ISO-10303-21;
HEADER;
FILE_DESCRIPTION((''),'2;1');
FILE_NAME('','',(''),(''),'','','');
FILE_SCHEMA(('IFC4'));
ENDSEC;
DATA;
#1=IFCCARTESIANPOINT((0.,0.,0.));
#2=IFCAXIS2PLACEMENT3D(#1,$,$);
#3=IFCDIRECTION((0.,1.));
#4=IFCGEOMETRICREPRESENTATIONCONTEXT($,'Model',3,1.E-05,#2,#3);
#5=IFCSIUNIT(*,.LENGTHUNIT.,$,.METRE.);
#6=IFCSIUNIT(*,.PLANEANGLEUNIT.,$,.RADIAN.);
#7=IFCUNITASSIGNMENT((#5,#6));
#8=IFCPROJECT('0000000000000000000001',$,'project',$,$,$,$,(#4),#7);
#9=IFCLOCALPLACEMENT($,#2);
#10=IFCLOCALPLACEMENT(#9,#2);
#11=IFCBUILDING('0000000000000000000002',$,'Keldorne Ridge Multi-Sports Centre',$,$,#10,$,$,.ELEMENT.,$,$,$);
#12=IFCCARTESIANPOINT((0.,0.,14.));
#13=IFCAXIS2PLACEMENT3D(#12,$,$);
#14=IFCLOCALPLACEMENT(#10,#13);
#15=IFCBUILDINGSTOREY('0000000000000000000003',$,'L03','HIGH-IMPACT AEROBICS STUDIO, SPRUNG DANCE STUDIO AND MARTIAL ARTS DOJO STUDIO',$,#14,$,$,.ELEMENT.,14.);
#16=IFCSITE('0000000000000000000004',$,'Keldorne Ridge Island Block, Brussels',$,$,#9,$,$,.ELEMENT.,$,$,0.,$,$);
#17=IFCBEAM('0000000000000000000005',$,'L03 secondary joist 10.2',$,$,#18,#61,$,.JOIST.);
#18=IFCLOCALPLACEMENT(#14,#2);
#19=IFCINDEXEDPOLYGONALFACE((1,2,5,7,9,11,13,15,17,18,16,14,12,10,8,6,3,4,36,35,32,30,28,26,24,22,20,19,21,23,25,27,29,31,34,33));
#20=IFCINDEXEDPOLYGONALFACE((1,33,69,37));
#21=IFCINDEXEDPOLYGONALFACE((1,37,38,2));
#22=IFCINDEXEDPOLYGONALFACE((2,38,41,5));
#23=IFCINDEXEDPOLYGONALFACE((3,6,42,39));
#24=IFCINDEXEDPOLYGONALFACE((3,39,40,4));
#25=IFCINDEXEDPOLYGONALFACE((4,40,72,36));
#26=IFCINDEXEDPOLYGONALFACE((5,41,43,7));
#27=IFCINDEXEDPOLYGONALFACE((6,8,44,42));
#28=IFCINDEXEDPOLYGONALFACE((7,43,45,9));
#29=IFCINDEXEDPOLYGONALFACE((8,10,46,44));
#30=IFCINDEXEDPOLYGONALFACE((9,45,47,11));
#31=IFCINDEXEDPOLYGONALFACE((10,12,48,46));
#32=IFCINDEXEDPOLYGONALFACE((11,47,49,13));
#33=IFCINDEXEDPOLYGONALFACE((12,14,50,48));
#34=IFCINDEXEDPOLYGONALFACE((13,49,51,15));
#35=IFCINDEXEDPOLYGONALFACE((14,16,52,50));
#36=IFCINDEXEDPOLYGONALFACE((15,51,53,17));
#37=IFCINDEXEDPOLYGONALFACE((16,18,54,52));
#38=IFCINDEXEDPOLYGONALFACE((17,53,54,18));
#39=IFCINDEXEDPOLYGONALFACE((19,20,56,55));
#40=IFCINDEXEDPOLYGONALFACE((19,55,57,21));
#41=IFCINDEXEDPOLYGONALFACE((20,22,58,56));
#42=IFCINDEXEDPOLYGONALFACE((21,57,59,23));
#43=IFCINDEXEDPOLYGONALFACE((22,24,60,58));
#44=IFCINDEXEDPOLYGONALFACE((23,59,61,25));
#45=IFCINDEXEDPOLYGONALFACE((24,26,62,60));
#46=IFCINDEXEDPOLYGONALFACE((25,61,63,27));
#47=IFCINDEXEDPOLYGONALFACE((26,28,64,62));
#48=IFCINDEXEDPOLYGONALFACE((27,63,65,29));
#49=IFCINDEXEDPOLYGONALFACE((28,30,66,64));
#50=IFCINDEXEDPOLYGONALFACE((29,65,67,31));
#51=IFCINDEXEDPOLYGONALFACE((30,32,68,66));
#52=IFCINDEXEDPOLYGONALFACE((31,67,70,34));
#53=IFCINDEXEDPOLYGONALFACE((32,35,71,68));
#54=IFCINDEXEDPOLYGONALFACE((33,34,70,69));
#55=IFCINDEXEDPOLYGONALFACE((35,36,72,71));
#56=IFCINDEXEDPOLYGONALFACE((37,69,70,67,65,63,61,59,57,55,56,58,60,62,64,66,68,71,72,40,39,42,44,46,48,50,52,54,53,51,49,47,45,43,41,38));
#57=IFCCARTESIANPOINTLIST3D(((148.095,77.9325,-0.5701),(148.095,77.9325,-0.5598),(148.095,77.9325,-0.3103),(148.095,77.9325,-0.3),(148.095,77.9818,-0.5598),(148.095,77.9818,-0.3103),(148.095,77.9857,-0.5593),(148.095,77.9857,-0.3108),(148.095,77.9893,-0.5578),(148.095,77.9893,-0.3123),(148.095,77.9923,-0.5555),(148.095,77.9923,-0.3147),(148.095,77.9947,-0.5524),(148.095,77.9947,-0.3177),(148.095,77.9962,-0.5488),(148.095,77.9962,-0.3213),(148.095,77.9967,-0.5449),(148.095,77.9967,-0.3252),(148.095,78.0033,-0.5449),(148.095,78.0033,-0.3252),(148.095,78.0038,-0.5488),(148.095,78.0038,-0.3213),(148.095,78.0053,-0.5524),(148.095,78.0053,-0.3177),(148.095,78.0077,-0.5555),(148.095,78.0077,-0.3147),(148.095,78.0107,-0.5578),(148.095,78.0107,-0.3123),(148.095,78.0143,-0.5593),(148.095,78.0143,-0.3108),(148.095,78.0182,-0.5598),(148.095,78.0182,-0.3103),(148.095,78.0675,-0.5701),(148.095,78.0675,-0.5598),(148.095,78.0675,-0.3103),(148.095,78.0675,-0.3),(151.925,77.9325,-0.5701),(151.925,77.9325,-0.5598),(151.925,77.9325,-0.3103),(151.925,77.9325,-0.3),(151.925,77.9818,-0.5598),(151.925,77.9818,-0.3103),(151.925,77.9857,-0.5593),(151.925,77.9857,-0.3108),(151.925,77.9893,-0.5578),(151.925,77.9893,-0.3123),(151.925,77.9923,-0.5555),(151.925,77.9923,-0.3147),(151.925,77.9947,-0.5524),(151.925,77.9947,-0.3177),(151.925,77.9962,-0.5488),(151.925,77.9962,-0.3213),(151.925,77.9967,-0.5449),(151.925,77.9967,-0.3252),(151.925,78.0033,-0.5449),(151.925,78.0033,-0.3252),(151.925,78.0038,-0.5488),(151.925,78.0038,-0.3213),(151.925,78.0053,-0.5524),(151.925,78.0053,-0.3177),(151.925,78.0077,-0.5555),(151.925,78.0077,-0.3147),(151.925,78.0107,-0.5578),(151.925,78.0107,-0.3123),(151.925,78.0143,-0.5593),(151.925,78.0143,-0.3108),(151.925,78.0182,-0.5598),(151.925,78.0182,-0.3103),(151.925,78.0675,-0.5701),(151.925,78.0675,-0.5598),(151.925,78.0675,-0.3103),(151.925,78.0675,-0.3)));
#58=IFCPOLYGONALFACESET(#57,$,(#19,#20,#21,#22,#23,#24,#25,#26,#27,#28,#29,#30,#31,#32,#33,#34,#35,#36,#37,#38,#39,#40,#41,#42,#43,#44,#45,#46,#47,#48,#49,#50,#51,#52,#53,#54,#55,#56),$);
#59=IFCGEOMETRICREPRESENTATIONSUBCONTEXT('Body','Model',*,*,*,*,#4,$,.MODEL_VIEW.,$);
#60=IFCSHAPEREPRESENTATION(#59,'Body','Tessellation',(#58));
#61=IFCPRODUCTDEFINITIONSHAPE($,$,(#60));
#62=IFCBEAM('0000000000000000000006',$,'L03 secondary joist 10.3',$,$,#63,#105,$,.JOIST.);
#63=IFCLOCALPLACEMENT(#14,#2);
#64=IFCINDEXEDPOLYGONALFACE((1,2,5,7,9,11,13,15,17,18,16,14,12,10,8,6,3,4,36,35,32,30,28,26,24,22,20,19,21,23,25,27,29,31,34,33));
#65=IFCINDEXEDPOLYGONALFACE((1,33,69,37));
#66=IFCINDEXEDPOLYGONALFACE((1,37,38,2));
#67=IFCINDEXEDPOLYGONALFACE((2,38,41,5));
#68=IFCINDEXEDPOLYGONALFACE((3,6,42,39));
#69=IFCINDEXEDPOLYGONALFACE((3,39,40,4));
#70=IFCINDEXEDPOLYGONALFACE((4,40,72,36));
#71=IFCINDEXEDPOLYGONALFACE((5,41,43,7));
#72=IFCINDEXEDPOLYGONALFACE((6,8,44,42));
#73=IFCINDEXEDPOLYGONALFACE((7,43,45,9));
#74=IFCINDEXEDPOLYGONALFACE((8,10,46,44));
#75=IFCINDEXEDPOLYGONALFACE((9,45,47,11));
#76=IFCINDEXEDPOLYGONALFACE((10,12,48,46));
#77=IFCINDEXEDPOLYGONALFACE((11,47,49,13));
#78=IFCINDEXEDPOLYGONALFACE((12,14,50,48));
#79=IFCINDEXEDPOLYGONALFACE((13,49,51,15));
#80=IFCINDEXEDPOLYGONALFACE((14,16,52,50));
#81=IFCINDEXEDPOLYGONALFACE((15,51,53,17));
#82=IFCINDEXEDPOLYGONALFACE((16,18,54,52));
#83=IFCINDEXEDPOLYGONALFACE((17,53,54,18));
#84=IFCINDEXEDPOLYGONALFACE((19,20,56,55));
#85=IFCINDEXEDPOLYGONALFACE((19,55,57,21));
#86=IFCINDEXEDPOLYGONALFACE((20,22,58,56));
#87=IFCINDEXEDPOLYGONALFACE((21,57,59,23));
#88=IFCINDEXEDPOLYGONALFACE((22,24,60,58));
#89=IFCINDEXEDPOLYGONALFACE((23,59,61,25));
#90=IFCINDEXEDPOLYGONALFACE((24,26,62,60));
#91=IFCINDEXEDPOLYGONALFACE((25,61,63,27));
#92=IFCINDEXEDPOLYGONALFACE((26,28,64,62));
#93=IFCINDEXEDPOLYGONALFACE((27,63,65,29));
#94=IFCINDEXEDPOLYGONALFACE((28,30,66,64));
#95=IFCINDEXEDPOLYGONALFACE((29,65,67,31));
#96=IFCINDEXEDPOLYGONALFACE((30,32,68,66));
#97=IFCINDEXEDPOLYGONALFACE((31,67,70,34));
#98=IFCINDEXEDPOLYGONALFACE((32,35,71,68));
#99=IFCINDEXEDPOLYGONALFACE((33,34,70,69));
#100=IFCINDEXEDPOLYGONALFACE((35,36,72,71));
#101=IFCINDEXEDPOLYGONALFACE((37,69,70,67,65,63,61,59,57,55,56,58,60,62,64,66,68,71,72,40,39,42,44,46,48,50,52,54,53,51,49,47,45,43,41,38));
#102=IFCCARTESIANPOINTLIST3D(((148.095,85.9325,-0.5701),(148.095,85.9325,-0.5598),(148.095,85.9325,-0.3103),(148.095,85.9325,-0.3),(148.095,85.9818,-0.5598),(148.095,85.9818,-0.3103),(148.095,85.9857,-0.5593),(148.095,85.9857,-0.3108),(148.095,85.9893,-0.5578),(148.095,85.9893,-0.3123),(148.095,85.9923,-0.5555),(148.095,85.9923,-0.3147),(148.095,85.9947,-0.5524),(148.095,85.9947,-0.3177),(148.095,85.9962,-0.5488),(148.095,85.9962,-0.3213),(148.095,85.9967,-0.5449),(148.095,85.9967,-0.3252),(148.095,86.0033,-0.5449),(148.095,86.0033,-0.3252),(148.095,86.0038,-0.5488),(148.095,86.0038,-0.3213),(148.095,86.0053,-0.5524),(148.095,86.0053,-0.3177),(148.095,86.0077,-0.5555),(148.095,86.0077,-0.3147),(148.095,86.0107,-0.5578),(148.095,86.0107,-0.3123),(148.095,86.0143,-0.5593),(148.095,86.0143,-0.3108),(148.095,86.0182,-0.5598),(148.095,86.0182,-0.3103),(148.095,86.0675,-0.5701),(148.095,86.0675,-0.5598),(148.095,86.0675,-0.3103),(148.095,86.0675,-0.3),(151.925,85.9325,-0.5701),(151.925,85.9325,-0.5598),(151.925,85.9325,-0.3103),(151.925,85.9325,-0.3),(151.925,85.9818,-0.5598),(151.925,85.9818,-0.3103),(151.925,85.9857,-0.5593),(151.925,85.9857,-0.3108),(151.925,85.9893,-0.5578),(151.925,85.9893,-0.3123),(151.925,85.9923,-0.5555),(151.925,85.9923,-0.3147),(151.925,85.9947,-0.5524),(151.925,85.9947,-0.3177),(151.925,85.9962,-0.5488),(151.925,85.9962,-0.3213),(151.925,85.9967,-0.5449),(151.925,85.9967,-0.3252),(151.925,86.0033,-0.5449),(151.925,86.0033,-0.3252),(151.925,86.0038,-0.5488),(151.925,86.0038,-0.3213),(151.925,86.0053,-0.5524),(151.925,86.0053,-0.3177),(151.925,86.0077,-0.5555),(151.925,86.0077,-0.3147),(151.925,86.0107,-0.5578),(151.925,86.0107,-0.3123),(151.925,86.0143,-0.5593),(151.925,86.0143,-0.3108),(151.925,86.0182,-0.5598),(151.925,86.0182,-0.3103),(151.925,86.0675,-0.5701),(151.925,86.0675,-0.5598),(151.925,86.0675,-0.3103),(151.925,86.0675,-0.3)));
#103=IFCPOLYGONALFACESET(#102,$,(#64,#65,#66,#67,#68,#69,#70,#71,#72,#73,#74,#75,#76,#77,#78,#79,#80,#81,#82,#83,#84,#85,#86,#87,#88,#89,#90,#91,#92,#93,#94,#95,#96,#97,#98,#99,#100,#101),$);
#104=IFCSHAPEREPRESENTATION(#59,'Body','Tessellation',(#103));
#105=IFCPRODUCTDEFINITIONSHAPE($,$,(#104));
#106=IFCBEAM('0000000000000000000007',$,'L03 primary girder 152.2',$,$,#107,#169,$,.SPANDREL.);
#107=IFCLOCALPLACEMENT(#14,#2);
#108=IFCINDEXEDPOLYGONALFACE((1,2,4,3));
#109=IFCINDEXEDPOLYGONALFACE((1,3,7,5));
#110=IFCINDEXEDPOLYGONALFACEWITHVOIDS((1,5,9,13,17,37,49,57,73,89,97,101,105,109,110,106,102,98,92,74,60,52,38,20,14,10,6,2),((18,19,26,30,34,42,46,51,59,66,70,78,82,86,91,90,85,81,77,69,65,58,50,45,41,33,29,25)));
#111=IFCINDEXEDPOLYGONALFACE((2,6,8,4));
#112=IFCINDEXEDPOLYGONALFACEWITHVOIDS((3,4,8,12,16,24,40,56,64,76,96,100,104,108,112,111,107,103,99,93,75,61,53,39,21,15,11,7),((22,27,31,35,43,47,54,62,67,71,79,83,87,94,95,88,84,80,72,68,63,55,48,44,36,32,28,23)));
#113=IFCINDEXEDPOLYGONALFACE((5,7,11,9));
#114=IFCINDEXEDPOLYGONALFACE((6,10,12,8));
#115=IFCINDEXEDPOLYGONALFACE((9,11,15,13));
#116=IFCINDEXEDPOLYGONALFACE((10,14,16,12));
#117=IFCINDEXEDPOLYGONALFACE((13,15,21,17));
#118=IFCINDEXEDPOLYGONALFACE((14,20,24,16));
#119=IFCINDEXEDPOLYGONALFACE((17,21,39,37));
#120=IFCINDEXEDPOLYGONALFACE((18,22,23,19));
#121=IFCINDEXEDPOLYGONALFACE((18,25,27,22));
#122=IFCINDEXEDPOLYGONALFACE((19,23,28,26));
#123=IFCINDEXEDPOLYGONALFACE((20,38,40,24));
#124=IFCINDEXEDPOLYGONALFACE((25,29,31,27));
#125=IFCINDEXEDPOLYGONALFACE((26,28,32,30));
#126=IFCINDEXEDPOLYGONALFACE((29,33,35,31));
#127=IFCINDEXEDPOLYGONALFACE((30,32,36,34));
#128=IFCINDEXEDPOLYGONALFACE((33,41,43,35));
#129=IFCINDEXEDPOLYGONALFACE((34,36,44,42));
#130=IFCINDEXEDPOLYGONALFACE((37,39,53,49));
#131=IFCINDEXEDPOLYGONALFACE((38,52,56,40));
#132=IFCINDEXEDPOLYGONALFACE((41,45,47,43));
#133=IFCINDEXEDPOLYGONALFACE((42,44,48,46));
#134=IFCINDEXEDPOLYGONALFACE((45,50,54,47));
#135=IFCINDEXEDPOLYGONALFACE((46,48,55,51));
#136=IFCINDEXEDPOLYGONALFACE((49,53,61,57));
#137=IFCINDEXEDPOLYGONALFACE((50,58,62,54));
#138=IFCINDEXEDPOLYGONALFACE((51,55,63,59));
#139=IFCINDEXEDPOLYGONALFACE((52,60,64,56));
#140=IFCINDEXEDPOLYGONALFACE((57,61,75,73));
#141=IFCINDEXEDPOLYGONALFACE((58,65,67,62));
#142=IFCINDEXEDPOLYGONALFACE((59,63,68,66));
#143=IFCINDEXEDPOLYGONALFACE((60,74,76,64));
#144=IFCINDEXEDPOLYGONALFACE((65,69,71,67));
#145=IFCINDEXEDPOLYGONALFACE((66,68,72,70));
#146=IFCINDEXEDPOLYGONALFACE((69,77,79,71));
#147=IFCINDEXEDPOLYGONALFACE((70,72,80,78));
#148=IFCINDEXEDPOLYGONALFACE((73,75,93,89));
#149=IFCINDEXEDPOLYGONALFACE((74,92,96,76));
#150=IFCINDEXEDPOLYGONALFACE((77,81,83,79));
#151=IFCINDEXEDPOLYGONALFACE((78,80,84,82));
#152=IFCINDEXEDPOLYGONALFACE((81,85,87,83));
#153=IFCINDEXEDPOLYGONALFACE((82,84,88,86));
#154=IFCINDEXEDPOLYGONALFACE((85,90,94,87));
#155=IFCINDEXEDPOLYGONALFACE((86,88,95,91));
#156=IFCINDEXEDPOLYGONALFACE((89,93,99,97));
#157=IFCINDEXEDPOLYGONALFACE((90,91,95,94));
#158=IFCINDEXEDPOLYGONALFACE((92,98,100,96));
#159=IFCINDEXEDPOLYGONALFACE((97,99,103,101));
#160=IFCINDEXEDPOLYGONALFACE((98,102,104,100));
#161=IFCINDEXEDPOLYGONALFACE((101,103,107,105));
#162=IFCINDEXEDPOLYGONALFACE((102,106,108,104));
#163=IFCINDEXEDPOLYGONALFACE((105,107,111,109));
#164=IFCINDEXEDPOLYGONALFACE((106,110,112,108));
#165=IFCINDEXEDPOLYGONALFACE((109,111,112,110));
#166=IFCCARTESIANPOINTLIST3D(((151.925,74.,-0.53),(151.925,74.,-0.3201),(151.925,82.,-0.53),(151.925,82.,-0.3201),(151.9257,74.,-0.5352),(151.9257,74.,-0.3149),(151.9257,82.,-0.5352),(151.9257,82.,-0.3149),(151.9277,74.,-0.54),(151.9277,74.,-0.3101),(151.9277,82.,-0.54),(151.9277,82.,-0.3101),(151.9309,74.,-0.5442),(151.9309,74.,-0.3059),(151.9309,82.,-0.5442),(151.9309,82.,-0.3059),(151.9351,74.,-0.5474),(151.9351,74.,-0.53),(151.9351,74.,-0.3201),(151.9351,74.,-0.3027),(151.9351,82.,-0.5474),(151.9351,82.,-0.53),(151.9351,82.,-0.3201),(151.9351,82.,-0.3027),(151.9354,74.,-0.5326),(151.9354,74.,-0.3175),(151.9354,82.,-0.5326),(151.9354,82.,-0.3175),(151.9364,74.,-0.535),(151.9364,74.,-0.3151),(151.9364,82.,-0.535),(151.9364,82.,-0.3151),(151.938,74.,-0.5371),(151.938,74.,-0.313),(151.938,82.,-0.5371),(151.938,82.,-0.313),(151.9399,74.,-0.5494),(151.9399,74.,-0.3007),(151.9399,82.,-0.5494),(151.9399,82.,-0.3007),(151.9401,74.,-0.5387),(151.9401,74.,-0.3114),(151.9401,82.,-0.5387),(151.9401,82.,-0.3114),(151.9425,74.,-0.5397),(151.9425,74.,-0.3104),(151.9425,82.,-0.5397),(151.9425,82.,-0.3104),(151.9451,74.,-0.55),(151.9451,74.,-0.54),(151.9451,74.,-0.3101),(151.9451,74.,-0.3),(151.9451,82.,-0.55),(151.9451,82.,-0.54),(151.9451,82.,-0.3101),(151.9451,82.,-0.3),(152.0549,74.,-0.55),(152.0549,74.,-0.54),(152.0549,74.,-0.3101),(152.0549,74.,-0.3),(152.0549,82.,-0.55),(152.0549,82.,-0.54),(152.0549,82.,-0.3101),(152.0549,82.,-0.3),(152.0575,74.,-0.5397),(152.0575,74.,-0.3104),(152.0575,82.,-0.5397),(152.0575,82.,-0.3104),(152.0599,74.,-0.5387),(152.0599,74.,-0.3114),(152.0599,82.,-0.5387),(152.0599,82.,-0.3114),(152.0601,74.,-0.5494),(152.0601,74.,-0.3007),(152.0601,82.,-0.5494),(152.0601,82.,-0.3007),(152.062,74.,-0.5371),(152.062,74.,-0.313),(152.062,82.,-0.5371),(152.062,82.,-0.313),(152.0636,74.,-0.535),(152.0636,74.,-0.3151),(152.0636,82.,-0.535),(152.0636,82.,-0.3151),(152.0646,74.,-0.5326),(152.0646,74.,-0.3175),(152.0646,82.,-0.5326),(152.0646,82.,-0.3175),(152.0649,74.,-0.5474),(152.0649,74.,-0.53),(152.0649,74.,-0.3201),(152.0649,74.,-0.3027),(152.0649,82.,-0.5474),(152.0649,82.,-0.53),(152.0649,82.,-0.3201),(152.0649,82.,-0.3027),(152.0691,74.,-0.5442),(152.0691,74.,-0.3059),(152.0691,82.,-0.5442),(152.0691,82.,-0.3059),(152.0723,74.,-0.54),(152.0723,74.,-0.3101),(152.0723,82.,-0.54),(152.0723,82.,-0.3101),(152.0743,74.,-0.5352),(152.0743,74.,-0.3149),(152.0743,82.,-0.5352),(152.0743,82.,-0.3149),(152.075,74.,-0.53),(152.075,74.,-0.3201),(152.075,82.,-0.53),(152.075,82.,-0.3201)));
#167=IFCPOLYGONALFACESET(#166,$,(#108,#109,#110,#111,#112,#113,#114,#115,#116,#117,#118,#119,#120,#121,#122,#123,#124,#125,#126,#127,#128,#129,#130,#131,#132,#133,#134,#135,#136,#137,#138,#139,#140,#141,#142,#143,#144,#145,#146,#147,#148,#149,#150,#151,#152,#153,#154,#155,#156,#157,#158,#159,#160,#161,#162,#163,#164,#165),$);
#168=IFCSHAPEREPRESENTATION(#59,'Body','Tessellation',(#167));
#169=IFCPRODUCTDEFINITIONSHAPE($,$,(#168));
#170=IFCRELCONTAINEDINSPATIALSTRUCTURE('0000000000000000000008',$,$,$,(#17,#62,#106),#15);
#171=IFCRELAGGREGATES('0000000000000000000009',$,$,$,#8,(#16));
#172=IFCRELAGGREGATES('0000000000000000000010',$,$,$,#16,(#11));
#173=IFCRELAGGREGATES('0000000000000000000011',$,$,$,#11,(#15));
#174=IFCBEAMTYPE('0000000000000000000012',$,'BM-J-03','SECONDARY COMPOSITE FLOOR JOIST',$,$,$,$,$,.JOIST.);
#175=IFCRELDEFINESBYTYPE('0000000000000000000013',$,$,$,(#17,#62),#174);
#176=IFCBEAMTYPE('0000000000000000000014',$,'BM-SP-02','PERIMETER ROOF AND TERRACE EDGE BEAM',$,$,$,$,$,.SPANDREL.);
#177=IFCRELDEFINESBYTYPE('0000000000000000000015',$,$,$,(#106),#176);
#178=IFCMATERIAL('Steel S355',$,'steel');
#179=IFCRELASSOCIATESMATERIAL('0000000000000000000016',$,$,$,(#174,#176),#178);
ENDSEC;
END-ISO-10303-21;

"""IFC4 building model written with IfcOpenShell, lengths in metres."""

from ifc_helpers import new_model, si_unit, direction, frame, origin, origin_2d, place, context, subcontext, project, spatial, hollow_rectangle, i_section, extrude, material, material_profile, profile_set, type_object, element, save


model = new_model("IFC4")

# Units and contexts
model_context = context("Model", 3, precision=1e-05, world=origin(), true_north=direction((0.0, 1.0)))
body_context = subcontext(model_context, "Body", "Model", "MODEL_VIEW")
ifc_project = project(units=[si_unit("LENGTHUNIT", "METRE"), si_unit("PLANEANGLEUNIT", "RADIAN")], contexts=[model_context])

# Site, building, storey
site_placement = place(None, origin())
site = spatial("IfcSite", under=ifc_project, at=site_placement, Name="Keldorne Ridge Island Block, Brussels", CompositionType="ELEMENT", RefElevation=0.0)
building_placement = place(site_placement, origin())
building = spatial("IfcBuilding", under=site, at=building_placement, Name="Keldorne Ridge Multi-Sports Centre", CompositionType="ELEMENT")
storey_placement = place(building_placement, frame((0.0, 0.0, 14.0)))
storey = spatial("IfcBuildingStorey", under=building, at=storey_placement, Name="L03", Description="HIGH-IMPACT AEROBICS STUDIO, SPRUNG DANCE STUDIO AND MARTIAL ARTS DOJO STUDIO", CompositionType="ELEMENT", Elevation=14.0)

# Shared definitions
ifc_material_1 = material(Name="Steel S355", Category="steel")

# Beams
ifc_material_profile_1 = material_profile(ifc_material_1, i_section(OverallWidth=0.135, OverallDepth=0.27, WebThickness=0.0066, FlangeThickness=0.0103, FilletRadius=0.0149, at=origin_2d()), Name="IPE 270")
ifc_profile_set_1 = profile_set([ifc_material_profile_1], Name="Steel S355")
beam_type_1 = type_object("IfcBeamType", Name="BM-J-03", Description="SECONDARY COMPOSITE FLOOR JOIST", PredefinedType="JOIST", material=ifc_profile_set_1)
for number, where, z_axis, x_axis, name in (
    (1, (148.095, 78.0, -0.4351), (1.0, 0.0, 0.0), (0.0, 1.0, 0.0), "L03 secondary joist 10.2"),
    (2, (148.095, 86.0, -0.4351), (1.0, 0.0, 0.0), (0.0, 1.0, 0.0), "L03 secondary joist 10.3"),
):
    element("IfcBeam", number, at=place(storey_placement, frame(where, z_axis=z_axis, x_axis=x_axis)), inside=storey, type_object=beam_type_1, Name=name, PredefinedType="JOIST", context=body_context, shape_type="SweptSolid", body=[
        extrude(i_section(OverallWidth=0.135, OverallDepth=0.27, WebThickness=0.0066, FlangeThickness=0.0103, FilletRadius=0.0149, at=origin_2d()), origin(), (0.0, 0.0, 1.0), 3.8301),
    ])
ifc_material_profile_2 = material_profile(ifc_material_1, hollow_rectangle(XDim=0.1499, YDim=0.25, WallThickness=0.01, InnerFilletRadius=0.01, OuterFilletRadius=0.02, at=origin_2d()), Name="RHS 250x150x10")
ifc_profile_set_2 = profile_set([ifc_material_profile_2], Name="Steel S355")
beam_type_2 = type_object("IfcBeamType", Name="BM-SP-02", Description="PERIMETER ROOF AND TERRACE EDGE BEAM", PredefinedType="SPANDREL", material=ifc_profile_set_2)
for number, where, z_axis, x_axis, name in (
    (3, (152.0, 74.0, -0.425), (0.0, 1.0, 0.0), (-1.0, 0.0, 0.0), "L03 primary girder 152.2"),
):
    element("IfcBeam", number, at=place(storey_placement, frame(where, z_axis=z_axis, x_axis=x_axis)), inside=storey, type_object=beam_type_2, Name=name, PredefinedType="SPANDREL", context=body_context, shape_type="SweptSolid", body=[
        extrude(hollow_rectangle(XDim=0.1499, YDim=0.25, WallThickness=0.01, InnerFilletRadius=0.01, OuterFilletRadius=0.02, at=origin_2d()), origin(), (0.0, 0.0, 1.0), 8.0),
    ])

save(model, "model.ifc")
